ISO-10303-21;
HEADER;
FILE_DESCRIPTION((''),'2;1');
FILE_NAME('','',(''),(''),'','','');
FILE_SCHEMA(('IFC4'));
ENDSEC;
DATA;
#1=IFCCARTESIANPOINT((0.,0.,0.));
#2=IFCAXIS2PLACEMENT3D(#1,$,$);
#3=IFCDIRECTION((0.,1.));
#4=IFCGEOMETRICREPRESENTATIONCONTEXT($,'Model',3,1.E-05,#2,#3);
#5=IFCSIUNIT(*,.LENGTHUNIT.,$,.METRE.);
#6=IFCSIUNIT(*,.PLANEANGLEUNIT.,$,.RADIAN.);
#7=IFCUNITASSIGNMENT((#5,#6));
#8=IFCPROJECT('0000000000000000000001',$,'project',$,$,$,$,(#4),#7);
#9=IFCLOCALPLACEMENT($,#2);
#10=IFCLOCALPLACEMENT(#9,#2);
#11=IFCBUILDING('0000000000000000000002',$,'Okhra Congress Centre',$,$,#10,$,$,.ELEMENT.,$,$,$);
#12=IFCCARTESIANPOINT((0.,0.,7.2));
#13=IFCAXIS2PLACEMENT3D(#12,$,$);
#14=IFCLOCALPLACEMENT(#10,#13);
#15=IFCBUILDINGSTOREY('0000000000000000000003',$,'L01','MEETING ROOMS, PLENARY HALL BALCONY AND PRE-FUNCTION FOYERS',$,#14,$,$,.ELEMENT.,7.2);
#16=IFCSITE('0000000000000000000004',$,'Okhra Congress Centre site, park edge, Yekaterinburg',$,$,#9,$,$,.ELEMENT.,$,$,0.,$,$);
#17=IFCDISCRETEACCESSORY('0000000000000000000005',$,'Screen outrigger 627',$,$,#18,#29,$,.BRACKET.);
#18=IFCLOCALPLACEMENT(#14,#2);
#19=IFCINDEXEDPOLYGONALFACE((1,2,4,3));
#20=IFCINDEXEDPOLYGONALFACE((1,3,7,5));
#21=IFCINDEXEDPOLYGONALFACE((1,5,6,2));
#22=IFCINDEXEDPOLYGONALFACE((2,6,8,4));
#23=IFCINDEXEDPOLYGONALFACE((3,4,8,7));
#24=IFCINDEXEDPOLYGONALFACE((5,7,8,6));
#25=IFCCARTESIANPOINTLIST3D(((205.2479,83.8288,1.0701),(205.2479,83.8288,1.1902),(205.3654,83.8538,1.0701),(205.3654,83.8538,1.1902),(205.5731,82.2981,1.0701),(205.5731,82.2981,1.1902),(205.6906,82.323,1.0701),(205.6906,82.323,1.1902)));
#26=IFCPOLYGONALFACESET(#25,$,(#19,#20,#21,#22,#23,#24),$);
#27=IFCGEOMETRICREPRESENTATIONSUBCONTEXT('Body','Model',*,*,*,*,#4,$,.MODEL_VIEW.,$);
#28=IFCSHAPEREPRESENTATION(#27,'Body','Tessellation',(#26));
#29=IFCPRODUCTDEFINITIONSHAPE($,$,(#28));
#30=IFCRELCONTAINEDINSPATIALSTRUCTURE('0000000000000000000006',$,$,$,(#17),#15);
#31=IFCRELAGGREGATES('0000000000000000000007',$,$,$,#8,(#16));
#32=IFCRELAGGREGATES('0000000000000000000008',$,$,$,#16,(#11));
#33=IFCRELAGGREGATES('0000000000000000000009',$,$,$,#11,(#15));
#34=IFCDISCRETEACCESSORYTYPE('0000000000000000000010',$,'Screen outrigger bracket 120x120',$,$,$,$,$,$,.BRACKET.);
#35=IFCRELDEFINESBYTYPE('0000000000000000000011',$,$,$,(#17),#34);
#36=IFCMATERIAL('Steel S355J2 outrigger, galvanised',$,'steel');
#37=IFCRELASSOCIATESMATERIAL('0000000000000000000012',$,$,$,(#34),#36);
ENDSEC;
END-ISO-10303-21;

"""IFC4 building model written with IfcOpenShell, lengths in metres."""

from ifc_helpers import new_model, si_unit, direction, frame, origin, origin_2d, place, context, subcontext, project, spatial, rectangle, extrude, material, material_profile, profile_set, type_object, element, save


model = new_model("IFC4")

# Units and contexts
model_context = context("Model", 3, precision=1e-05, world=origin(), true_north=direction((0.0, 1.0)))
body_context = subcontext(model_context, "Body", "Model", "MODEL_VIEW")
ifc_project = project(units=[si_unit("LENGTHUNIT", "METRE"), si_unit("PLANEANGLEUNIT", "RADIAN")], contexts=[model_context])

# Site, building, storey
site_placement = place(None, origin())
site = spatial("IfcSite", under=ifc_project, at=site_placement, Name="Okhra Congress Centre site, park edge, Yekaterinburg", CompositionType="ELEMENT", RefElevation=0.0)
building_placement = place(site_placement, origin())
building = spatial("IfcBuilding", under=site, at=building_placement, Name="Okhra Congress Centre", CompositionType="ELEMENT")
storey_placement = place(building_placement, frame((0.0, 0.0, 7.2)))
storey = spatial("IfcBuildingStorey", under=building, at=storey_placement, Name="L01", Description="MEETING ROOMS, PLENARY HALL BALCONY AND PRE-FUNCTION FOYERS", CompositionType="ELEMENT", Elevation=7.2)

# Discrete accessory
ifc_material_1 = material(Name="Steel S355J2 outrigger, galvanised", Category="steel")
ifc_material_profile_1 = material_profile(ifc_material_1, rectangle(XDim=0.1201, YDim=0.1201, at=origin_2d()), Name="Screen outrigger bracket 120x120")
ifc_profile_set_1 = profile_set([ifc_material_profile_1], Name="Steel S355J2 outrigger, galvanised")
discrete_accessory_type = type_object("IfcDiscreteAccessoryType", Name="Screen outrigger bracket 120x120", PredefinedType="BRACKET", material=ifc_profile_set_1)
discrete_accessory_placement = place(storey_placement, frame((205.6318, 82.3105, 1.1301), z_axis=(-0.207803, 0.978171, 0.0), x_axis=(-0.978171, -0.207803, 0.0)))
element("IfcDiscreteAccessory", 1, at=discrete_accessory_placement, inside=storey, type_object=discrete_accessory_type, Name="Screen outrigger 627", PredefinedType="BRACKET", context=body_context, shape_type="SweptSolid", body=[
    extrude(rectangle(XDim=0.1201, YDim=0.1201, at=origin_2d()), origin(), (0.0, 0.0, 1.0), 1.5649),
])

save(model, "model.ifc")
